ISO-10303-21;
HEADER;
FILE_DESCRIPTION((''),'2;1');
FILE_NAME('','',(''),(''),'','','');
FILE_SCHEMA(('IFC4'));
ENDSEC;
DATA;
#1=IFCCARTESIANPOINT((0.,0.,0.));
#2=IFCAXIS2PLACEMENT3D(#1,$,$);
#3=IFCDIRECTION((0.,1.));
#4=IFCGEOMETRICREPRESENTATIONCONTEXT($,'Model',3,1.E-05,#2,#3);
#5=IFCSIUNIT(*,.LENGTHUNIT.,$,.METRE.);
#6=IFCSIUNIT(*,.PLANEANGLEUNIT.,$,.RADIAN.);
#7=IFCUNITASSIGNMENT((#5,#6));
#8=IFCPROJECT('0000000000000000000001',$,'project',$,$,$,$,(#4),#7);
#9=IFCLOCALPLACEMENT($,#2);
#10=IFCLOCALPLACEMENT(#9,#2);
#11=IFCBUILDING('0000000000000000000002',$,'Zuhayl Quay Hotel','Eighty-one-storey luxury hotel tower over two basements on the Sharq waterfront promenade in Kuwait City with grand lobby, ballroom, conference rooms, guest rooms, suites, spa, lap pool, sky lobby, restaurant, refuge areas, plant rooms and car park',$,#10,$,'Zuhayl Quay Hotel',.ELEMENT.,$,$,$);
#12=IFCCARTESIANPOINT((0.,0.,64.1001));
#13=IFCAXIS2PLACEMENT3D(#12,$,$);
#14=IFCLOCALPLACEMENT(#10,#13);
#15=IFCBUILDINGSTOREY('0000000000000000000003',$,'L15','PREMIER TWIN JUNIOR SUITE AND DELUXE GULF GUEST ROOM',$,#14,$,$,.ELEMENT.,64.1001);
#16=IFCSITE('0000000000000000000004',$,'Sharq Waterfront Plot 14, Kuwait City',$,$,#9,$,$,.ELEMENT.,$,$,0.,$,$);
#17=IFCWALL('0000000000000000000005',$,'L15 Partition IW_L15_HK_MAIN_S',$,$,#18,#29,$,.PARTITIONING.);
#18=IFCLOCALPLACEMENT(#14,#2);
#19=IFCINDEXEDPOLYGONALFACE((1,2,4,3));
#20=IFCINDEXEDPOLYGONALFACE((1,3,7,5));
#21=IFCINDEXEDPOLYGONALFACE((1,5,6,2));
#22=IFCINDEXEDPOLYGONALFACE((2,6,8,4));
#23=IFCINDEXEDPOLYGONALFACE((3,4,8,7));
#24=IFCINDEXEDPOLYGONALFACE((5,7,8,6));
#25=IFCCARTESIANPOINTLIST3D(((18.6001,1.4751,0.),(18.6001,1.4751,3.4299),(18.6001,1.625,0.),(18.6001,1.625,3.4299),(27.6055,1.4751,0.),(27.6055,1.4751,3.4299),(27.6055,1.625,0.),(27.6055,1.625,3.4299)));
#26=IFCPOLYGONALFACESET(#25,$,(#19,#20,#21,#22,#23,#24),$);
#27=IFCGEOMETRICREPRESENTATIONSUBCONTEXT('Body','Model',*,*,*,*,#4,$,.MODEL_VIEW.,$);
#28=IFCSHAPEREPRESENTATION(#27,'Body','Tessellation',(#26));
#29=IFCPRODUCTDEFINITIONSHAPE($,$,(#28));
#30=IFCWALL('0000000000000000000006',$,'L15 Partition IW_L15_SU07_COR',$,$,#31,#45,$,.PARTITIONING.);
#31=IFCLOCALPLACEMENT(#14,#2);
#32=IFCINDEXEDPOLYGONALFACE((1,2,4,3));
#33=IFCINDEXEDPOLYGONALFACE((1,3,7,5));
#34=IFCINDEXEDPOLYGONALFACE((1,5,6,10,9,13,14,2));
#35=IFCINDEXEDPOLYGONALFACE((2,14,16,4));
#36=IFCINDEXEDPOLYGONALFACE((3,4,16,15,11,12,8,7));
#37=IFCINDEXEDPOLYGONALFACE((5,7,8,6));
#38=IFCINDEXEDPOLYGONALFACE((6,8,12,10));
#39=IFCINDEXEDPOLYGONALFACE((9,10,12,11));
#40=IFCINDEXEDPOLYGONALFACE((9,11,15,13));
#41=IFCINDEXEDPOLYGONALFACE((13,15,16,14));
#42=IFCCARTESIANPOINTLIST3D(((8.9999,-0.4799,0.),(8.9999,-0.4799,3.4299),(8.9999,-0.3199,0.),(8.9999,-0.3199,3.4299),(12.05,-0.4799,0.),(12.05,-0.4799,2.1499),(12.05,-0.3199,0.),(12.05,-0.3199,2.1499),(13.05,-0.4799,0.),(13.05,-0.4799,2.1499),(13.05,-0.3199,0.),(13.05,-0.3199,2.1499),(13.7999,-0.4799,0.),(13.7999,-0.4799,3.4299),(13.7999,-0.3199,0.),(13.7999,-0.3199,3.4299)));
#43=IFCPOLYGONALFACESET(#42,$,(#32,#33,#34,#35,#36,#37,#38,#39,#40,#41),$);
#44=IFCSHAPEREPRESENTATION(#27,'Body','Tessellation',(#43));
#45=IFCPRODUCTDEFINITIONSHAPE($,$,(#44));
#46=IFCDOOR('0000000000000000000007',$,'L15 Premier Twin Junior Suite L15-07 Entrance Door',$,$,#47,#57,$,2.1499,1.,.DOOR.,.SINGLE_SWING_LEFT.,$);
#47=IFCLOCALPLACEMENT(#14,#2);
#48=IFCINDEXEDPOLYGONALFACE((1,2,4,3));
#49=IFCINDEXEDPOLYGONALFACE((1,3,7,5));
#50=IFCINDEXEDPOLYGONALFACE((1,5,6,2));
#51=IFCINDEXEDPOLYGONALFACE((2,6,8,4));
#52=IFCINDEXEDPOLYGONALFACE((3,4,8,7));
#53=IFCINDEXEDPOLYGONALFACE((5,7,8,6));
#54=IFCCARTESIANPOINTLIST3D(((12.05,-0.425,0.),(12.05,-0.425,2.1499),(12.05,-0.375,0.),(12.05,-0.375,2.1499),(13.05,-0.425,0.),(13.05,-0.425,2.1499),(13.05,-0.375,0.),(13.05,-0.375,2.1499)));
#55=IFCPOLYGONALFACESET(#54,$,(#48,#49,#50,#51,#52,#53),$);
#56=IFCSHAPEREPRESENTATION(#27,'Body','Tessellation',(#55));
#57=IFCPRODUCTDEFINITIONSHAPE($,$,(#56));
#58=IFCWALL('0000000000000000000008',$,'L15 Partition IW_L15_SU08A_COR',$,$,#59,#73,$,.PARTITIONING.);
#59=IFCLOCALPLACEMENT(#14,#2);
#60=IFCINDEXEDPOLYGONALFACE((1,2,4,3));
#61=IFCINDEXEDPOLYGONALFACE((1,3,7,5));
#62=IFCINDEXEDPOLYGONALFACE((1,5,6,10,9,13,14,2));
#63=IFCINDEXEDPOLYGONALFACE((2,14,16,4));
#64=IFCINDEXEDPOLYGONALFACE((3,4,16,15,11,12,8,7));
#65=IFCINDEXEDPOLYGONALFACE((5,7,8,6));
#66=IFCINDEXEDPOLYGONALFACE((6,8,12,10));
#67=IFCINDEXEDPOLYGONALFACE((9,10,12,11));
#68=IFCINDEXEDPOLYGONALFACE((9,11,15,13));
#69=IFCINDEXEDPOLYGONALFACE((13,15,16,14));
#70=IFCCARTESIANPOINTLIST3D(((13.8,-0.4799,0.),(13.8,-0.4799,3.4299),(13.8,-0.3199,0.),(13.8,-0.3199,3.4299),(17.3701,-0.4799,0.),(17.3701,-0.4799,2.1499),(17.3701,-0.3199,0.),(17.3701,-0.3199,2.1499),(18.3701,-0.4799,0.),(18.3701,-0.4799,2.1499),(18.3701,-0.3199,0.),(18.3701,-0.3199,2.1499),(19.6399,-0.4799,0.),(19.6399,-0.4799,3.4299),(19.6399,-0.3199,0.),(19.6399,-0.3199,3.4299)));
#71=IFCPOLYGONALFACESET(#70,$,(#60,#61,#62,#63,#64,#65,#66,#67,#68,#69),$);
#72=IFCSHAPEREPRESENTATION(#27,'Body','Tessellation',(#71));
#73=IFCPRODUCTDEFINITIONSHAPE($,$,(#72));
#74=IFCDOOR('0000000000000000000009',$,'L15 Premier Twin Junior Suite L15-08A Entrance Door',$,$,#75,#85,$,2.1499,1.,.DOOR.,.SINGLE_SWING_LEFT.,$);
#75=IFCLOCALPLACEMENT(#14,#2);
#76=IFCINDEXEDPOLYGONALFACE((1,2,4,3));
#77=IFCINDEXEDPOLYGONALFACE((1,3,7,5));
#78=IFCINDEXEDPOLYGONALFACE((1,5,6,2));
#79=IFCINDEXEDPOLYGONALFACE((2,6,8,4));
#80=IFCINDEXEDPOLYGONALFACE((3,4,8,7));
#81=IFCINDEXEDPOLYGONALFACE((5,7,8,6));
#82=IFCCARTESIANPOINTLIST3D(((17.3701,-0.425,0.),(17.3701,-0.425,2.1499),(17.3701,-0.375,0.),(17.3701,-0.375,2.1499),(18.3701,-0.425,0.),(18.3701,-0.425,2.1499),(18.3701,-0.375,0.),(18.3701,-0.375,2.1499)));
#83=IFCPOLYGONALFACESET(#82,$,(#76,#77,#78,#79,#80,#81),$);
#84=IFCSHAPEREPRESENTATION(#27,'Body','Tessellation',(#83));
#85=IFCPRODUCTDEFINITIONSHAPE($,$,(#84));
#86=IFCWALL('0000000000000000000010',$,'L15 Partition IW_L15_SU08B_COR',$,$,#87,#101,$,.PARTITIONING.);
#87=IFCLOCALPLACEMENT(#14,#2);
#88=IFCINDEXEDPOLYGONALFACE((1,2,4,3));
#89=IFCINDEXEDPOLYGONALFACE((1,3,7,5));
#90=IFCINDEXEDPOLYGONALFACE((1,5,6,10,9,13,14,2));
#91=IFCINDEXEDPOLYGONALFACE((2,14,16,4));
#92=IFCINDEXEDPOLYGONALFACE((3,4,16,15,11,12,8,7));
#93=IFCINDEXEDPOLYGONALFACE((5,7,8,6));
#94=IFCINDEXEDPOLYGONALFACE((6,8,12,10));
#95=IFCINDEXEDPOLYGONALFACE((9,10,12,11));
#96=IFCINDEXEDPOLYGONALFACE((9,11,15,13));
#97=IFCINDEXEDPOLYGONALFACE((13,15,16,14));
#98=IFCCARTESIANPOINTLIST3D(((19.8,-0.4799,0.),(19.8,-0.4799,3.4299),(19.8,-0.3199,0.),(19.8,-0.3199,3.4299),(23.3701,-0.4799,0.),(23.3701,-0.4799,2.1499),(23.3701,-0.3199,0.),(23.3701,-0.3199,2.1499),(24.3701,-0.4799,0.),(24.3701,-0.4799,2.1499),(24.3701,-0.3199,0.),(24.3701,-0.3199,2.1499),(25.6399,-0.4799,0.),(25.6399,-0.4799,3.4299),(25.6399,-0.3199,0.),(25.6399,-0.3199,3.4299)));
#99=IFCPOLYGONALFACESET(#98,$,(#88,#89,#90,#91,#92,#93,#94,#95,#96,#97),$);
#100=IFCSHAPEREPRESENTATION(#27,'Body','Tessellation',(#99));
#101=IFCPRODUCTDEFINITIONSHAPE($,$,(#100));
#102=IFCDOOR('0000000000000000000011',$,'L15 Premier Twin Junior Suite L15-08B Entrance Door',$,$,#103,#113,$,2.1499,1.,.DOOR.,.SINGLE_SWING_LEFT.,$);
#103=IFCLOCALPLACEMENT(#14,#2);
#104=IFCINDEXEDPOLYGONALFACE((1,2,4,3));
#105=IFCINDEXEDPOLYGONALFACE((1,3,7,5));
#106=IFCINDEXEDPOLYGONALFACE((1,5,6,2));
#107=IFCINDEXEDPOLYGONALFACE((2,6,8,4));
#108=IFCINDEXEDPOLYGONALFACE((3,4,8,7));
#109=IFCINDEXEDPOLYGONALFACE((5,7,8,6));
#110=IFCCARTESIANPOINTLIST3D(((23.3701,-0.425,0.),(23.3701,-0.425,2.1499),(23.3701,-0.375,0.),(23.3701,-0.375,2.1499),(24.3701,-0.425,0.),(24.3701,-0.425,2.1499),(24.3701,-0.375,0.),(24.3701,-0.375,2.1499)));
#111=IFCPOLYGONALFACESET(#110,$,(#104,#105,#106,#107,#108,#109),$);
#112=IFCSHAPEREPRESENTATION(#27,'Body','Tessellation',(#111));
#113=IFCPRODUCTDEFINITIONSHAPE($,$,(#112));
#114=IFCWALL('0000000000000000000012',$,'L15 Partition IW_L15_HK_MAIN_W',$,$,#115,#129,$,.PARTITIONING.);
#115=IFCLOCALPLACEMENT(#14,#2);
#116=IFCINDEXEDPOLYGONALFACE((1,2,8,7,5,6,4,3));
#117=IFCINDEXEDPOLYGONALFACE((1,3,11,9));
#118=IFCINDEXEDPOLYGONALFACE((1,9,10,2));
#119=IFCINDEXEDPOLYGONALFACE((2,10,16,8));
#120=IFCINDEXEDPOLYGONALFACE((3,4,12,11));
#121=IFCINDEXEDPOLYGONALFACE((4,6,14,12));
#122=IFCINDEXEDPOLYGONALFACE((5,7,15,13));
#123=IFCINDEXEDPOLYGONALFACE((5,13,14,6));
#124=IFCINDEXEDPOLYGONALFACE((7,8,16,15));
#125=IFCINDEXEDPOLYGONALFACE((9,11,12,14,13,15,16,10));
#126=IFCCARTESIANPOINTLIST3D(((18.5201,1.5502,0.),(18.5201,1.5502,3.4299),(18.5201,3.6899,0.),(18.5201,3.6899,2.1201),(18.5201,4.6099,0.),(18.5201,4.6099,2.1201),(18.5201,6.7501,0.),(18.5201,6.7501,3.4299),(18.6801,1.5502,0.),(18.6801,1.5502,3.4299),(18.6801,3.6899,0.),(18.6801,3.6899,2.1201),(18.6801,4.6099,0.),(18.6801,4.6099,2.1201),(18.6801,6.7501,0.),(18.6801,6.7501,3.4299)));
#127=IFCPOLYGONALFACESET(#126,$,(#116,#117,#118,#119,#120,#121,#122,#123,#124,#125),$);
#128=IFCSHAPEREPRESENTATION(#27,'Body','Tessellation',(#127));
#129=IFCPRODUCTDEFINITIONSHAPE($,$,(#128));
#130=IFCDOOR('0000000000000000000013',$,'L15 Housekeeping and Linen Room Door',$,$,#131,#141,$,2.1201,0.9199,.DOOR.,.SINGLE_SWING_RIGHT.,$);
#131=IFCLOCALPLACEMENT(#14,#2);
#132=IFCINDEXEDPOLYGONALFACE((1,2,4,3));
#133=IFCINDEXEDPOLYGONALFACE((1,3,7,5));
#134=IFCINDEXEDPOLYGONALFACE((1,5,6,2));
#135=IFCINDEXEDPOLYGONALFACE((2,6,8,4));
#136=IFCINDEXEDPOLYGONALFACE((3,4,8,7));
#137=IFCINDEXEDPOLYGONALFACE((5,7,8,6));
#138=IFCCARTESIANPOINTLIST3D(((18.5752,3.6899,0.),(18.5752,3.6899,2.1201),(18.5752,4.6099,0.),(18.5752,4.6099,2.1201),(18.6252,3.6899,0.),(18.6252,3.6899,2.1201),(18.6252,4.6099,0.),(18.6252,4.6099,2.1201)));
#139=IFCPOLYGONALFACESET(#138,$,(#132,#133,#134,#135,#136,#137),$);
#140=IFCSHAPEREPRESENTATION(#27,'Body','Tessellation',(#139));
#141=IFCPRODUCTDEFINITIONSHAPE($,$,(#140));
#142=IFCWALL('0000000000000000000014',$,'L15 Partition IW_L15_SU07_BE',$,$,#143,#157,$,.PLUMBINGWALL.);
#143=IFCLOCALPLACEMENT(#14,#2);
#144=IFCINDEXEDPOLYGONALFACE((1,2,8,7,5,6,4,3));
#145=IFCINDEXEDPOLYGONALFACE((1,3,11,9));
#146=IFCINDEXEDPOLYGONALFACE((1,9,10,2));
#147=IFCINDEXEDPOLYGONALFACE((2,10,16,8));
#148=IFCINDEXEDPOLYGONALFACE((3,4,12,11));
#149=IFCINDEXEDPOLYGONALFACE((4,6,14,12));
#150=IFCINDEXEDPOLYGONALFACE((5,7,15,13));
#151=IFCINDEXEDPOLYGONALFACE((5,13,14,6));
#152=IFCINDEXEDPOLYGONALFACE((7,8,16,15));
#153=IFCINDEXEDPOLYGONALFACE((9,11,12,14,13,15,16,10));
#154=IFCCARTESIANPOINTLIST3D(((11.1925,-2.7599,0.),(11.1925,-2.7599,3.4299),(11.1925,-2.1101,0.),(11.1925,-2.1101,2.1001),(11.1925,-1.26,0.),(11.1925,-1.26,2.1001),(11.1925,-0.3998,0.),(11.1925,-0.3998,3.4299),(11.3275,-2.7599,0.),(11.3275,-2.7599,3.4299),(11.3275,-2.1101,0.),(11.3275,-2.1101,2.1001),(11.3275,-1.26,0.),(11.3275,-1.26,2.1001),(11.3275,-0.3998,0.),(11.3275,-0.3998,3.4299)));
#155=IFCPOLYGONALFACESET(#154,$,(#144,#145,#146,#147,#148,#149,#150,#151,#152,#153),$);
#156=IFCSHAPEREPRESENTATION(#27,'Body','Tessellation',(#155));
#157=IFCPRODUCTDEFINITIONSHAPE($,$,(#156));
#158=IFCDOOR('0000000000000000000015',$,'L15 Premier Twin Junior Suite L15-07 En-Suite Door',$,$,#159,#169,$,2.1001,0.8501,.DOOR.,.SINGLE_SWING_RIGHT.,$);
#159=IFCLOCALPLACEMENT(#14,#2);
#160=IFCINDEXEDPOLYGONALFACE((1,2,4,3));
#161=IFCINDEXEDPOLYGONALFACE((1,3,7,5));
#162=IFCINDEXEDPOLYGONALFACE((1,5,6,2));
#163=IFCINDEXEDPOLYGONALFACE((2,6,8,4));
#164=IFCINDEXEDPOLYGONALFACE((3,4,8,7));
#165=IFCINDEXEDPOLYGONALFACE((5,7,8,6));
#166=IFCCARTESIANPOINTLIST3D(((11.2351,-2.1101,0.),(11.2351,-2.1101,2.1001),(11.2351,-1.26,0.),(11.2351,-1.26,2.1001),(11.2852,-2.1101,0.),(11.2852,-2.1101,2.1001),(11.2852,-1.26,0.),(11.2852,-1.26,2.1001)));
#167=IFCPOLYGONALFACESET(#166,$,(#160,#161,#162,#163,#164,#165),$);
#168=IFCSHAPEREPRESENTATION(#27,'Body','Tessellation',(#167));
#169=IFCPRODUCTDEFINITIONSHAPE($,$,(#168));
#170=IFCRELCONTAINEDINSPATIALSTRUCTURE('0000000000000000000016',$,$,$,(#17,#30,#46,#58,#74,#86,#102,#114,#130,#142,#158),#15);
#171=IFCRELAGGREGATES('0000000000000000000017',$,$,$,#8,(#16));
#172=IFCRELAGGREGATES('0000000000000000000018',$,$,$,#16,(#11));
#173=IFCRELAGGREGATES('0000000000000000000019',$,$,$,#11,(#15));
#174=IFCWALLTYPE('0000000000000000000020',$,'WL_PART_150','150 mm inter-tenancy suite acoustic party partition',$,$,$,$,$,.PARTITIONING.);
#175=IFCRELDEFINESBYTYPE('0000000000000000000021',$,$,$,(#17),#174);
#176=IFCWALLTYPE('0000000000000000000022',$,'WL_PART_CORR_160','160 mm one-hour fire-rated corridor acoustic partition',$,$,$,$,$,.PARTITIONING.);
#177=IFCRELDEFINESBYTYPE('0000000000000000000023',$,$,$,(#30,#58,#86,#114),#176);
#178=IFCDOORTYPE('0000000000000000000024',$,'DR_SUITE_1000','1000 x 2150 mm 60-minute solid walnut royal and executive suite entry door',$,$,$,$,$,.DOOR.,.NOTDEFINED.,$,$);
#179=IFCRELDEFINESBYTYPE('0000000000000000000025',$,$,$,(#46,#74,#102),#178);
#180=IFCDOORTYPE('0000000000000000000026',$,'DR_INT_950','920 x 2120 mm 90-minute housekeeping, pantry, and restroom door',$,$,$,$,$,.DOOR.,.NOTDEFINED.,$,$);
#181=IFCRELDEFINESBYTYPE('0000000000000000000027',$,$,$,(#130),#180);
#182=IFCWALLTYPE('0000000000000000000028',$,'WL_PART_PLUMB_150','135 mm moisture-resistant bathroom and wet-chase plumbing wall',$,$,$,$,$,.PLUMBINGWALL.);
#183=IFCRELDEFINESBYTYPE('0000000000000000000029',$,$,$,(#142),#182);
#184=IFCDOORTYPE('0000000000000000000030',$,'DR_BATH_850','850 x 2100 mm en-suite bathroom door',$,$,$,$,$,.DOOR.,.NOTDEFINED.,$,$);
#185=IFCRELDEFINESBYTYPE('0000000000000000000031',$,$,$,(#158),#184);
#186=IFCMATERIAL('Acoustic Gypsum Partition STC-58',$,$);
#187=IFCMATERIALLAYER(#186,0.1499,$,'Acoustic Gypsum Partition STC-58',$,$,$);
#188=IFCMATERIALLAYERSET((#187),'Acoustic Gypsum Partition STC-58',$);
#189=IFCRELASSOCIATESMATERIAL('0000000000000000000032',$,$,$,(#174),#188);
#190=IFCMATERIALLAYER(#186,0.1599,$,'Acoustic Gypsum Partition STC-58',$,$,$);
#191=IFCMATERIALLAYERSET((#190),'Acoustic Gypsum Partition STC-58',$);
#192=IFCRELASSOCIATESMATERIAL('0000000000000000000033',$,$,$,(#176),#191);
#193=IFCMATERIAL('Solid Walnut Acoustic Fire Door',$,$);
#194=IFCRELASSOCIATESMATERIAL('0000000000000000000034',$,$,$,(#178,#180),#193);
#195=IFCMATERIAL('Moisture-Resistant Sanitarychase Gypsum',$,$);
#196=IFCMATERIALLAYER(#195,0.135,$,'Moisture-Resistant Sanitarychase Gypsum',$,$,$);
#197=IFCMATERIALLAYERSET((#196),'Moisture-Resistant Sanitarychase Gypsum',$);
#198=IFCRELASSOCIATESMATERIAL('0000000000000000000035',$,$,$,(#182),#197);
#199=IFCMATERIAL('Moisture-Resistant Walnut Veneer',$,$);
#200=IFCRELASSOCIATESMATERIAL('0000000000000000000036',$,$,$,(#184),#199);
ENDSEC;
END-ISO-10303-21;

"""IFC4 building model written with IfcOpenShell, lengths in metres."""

from ifc_helpers import new_model, si_unit, direction, frame, frame_2d, origin, place, context, subcontext, project, spatial, rectangle, extrude, material, layer, layer_set, type_object, element, fill, save


model = new_model("IFC4")

# Units and contexts
model_context = context("Model", 3, precision=1e-05, world=origin(), true_north=direction((0.0, 1.0)))
body_context = subcontext(model_context, "Body", "Model", "MODEL_VIEW")
ifc_project = project(units=[si_unit("LENGTHUNIT", "METRE"), si_unit("PLANEANGLEUNIT", "RADIAN")], contexts=[model_context])

# Site, building, storey
site_placement = place(None, origin())
site = spatial("IfcSite", under=ifc_project, at=site_placement, Name="Sharq Waterfront Plot 14, Kuwait City", CompositionType="ELEMENT", RefElevation=0.0)
building_placement = place(site_placement, origin())
building = spatial("IfcBuilding", under=site, at=building_placement, Name="Zuhayl Quay Hotel", Description="Eighty-one-storey luxury hotel tower over two basements on the Sharq waterfront promenade in Kuwait City with grand lobby, ballroom, conference rooms, guest rooms, suites, spa, lap pool, sky lobby, restaurant, refuge areas, plant rooms and car park", LongName="Zuhayl Quay Hotel", CompositionType="ELEMENT")
storey_placement = place(building_placement, frame((0.0, 0.0, 64.1001)))
storey = spatial("IfcBuildingStorey", under=building, at=storey_placement, Name="L15", Description="PREMIER TWIN JUNIOR SUITE AND DELUXE GULF GUEST ROOM", CompositionType="ELEMENT", Elevation=64.1001)

# Wall
ifc_material_1 = material(Name="Acoustic Gypsum Partition STC-58")
ifc_layer_1 = layer(ifc_material_1, 0.1499, Name="Acoustic Gypsum Partition STC-58")
ifc_layer_set_1 = layer_set([ifc_layer_1], Name="Acoustic Gypsum Partition STC-58")
wall_type_1 = type_object("IfcWallType", Name="WL_PART_150", Description="150 mm inter-tenancy suite acoustic party partition", PredefinedType="PARTITIONING", material=ifc_layer_set_1)
wall_1_placement = place(storey_placement, frame((18.6001, 1.55, 0.0), z_axis=(0.0, 0.0, 1.0), x_axis=(1.0, 0.0, 0.0)))
element("IfcWall", 1, at=wall_1_placement, inside=storey, type_object=wall_type_1, Name="L15 Partition IW_L15_HK_MAIN_S", PredefinedType="PARTITIONING", context=body_context, shape_type="SweptSolid", body=[
    extrude(rectangle(XDim=9.0054, YDim=0.1499, at=frame_2d((4.5027, 0.0))), origin(), (0.0, 0.0, 1.0), 3.4299),
])

# Walls, openings, doors
ifc_layer_2 = layer(ifc_material_1, 0.1599, Name="Acoustic Gypsum Partition STC-58")
ifc_layer_set_2 = layer_set([ifc_layer_2], Name="Acoustic Gypsum Partition STC-58")
wall_type_2 = type_object("IfcWallType", Name="WL_PART_CORR_160", Description="160 mm one-hour fire-rated corridor acoustic partition", PredefinedType="PARTITIONING", material=ifc_layer_set_2)
wall_2_placement = place(storey_placement, frame((9.0, -0.3999, 0.0), z_axis=(0.0, 0.0, 1.0), x_axis=(1.0, 0.0, 0.0)))
wall_2 = element("IfcWall", 2, at=wall_2_placement, inside=storey, type_object=wall_type_2, Name="L15 Partition IW_L15_SU07_COR", PredefinedType="PARTITIONING", context=body_context, shape_type="SweptSolid", body=[
    extrude(rectangle(XDim=4.8, YDim=0.1599, at=frame_2d((2.3999, 0.0))), origin(), (0.0, 0.0, 1.0), 3.4299),
])
opening_1_placement = place(wall_2_placement, frame((3.05, 0.0, 0.0)))
opening_1 = element("IfcOpeningElement", 3, at=opening_1_placement, cuts=wall_2, PredefinedType="OPENING", context=body_context, shape_type="SweptSolid", body=[
    extrude(rectangle(XDim=1.0, YDim=2.1499, at=frame_2d((0.5, 1.075))), frame((0.0, 0.0898, 0.0), z_axis=(0.0, -1.0, 0.0), x_axis=(1.0, 0.0, 0.0)), (0.0, 0.0, 1.0), 0.1799),
])
ifc_material_2 = material(Name="Solid Walnut Acoustic Fire Door")
door_type_1 = type_object("IfcDoorType", Name="DR_SUITE_1000", Description="1000 x 2150 mm 60-minute solid walnut royal and executive suite entry door", OperationType="NOTDEFINED", PredefinedType="DOOR", material=ifc_material_2)
door_1_placement = place(opening_1_placement, origin())
door_1 = element("IfcDoor", 4, at=door_1_placement, inside=storey, type_object=door_type_1, Name="L15 Premier Twin Junior Suite L15-07 Entrance Door", OperationType="SINGLE_SWING_LEFT", OverallHeight=2.1499, OverallWidth=1.0, PredefinedType="DOOR", context=body_context, shape_type="SweptSolid", body=[
    extrude(rectangle(XDim=1.0, YDim=2.1499, at=frame_2d((0.5, 1.075))), frame((0.0, 0.0249, 0.0), z_axis=(0.0, -1.0, 0.0), x_axis=(1.0, 0.0, 0.0)), (0.0, 0.0, 1.0), 0.05),
])
fill(opening_1, door_1)
wall_3_placement = place(storey_placement, frame((13.8, -0.3999, 0.0), z_axis=(0.0, 0.0, 1.0), x_axis=(1.0, 0.0, 0.0)))
wall_3 = element("IfcWall", 5, at=wall_3_placement, inside=storey, type_object=wall_type_2, Name="L15 Partition IW_L15_SU08A_COR", PredefinedType="PARTITIONING", context=body_context, shape_type="SweptSolid", body=[
    extrude(rectangle(XDim=5.8398, YDim=0.1599, at=frame_2d((2.9199, 0.0))), origin(), (0.0, 0.0, 1.0), 3.4299),
])
opening_2_placement = place(wall_3_placement, frame((3.5701, 0.0, 0.0)))
opening_2 = element("IfcOpeningElement", 6, at=opening_2_placement, cuts=wall_3, PredefinedType="OPENING", context=body_context, shape_type="SweptSolid", body=[
    extrude(rectangle(XDim=1.0, YDim=2.1499, at=frame_2d((0.5, 1.075))), frame((0.0, 0.0898, 0.0), z_axis=(0.0, -1.0, 0.0), x_axis=(1.0, 0.0, 0.0)), (0.0, 0.0, 1.0), 0.1799),
])
door_2_placement = place(opening_2_placement, origin())
door_2 = element("IfcDoor", 7, at=door_2_placement, inside=storey, type_object=door_type_1, Name="L15 Premier Twin Junior Suite L15-08A Entrance Door", OperationType="SINGLE_SWING_LEFT", OverallHeight=2.1499, OverallWidth=1.0, PredefinedType="DOOR", context=body_context, shape_type="SweptSolid", body=[
    extrude(rectangle(XDim=1.0, YDim=2.1499, at=frame_2d((0.5, 1.075))), frame((0.0, 0.0249, 0.0), z_axis=(0.0, -1.0, 0.0), x_axis=(1.0, 0.0, 0.0)), (0.0, 0.0, 1.0), 0.05),
])
fill(opening_2, door_2)
wall_4_placement = place(storey_placement, frame((19.8, -0.3999, 0.0), z_axis=(0.0, 0.0, 1.0), x_axis=(1.0, 0.0, 0.0)))
wall_4 = element("IfcWall", 8, at=wall_4_placement, inside=storey, type_object=wall_type_2, Name="L15 Partition IW_L15_SU08B_COR", PredefinedType="PARTITIONING", context=body_context, shape_type="SweptSolid", body=[
    extrude(rectangle(XDim=5.8398, YDim=0.1599, at=frame_2d((2.9199, 0.0))), origin(), (0.0, 0.0, 1.0), 3.4299),
])
opening_3_placement = place(wall_4_placement, frame((3.5701, 0.0, 0.0)))
opening_3 = element("IfcOpeningElement", 9, at=opening_3_placement, cuts=wall_4, PredefinedType="OPENING", context=body_context, shape_type="SweptSolid", body=[
    extrude(rectangle(XDim=1.0, YDim=2.1499, at=frame_2d((0.5, 1.075))), frame((0.0, 0.0898, 0.0), z_axis=(0.0, -1.0, 0.0), x_axis=(1.0, 0.0, 0.0)), (0.0, 0.0, 1.0), 0.1799),
])
door_3_placement = place(opening_3_placement, origin())
door_3 = element("IfcDoor", 10, at=door_3_placement, inside=storey, type_object=door_type_1, Name="L15 Premier Twin Junior Suite L15-08B Entrance Door", OperationType="SINGLE_SWING_LEFT", OverallHeight=2.1499, OverallWidth=1.0, PredefinedType="DOOR", context=body_context, shape_type="SweptSolid", body=[
    extrude(rectangle(XDim=1.0, YDim=2.1499, at=frame_2d((0.5, 1.075))), frame((0.0, 0.0249, 0.0), z_axis=(0.0, -1.0, 0.0), x_axis=(1.0, 0.0, 0.0)), (0.0, 0.0, 1.0), 0.05),
])
fill(opening_3, door_3)
wall_5_placement = place(storey_placement, frame((18.6001, 1.55, 0.0), z_axis=(0.0, 0.0, 1.0), x_axis=(0.0, 1.0, 0.0)))
wall_5 = element("IfcWall", 11, at=wall_5_placement, inside=storey, type_object=wall_type_2, Name="L15 Partition IW_L15_HK_MAIN_W", PredefinedType="PARTITIONING", context=body_context, shape_type="SweptSolid", body=[
    extrude(rectangle(XDim=5.2, YDim=0.1599, at=frame_2d((2.6001, 0.0))), origin(), (0.0, 0.0, 1.0), 3.4299),
])
opening_4_placement = place(wall_5_placement, frame((2.1399, 0.0, 0.0)))
opening_4 = element("IfcOpeningElement", 12, at=opening_4_placement, cuts=wall_5, PredefinedType="OPENING", context=body_context, shape_type="SweptSolid", body=[
    extrude(rectangle(XDim=0.9199, YDim=2.1201, at=frame_2d((0.46, 1.0601))), frame((0.0, 0.0898, 0.0), z_axis=(0.0, -1.0, 0.0), x_axis=(1.0, 0.0, 0.0)), (0.0, 0.0, 1.0), 0.1799),
])
door_type_2 = type_object("IfcDoorType", Name="DR_INT_950", Description="920 x 2120 mm 90-minute housekeeping, pantry, and restroom door", OperationType="NOTDEFINED", PredefinedType="DOOR", material=ifc_material_2)
door_4_placement = place(opening_4_placement, origin())
door_4 = element("IfcDoor", 13, at=door_4_placement, inside=storey, type_object=door_type_2, Name="L15 Housekeeping and Linen Room Door", OperationType="SINGLE_SWING_RIGHT", OverallHeight=2.1201, OverallWidth=0.9199, PredefinedType="DOOR", context=body_context, shape_type="SweptSolid", body=[
    extrude(rectangle(XDim=0.9199, YDim=2.1201, at=frame_2d((0.46, 1.0601))), frame((0.0, 0.0249, 0.0), z_axis=(0.0, -1.0, 0.0), x_axis=(1.0, 0.0, 0.0)), (0.0, 0.0, 1.0), 0.05),
])
fill(opening_4, door_4)
ifc_material_3 = material(Name="Moisture-Resistant Sanitarychase Gypsum")
ifc_layer_3 = layer(ifc_material_3, 0.135, Name="Moisture-Resistant Sanitarychase Gypsum")
ifc_layer_set_3 = layer_set([ifc_layer_3], Name="Moisture-Resistant Sanitarychase Gypsum")
wall_type_3 = type_object("IfcWallType", Name="WL_PART_PLUMB_150", Description="135 mm moisture-resistant bathroom and wet-chase plumbing wall", PredefinedType="PLUMBINGWALL", material=ifc_layer_set_3)
wall_6_placement = place(storey_placement, frame((11.26, -2.76, 0.0), z_axis=(0.0, 0.0, 1.0), x_axis=(0.0, 1.0, 0.0)))
wall_6 = element("IfcWall", 14, at=wall_6_placement, inside=storey, type_object=wall_type_3, Name="L15 Partition IW_L15_SU07_BE", PredefinedType="PLUMBINGWALL", context=body_context, shape_type="SweptSolid", body=[
    extrude(rectangle(XDim=2.3601, YDim=0.135, at=frame_2d((1.1802, 0.0))), origin(), (0.0, 0.0, 1.0), 3.4299),
])
opening_5_placement = place(wall_6_placement, frame((0.6499, 0.0, 0.0)))
opening_5 = element("IfcOpeningElement", 15, at=opening_5_placement, cuts=wall_6, PredefinedType="OPENING", context=body_context, shape_type="SweptSolid", body=[
    extrude(rectangle(XDim=0.8501, YDim=2.1001, at=frame_2d((0.425, 1.05))), frame((0.0, 0.0774, 0.0), z_axis=(0.0, -1.0, 0.0), x_axis=(1.0, 0.0, 0.0)), (0.0, 0.0, 1.0), 0.155),
])
ifc_material_4 = material(Name="Moisture-Resistant Walnut Veneer")
door_type_3 = type_object("IfcDoorType", Name="DR_BATH_850", Description="850 x 2100 mm en-suite bathroom door", OperationType="NOTDEFINED", PredefinedType="DOOR", material=ifc_material_4)
door_5_placement = place(opening_5_placement, origin())
door_5 = element("IfcDoor", 16, at=door_5_placement, inside=storey, type_object=door_type_3, Name="L15 Premier Twin Junior Suite L15-07 En-Suite Door", OperationType="SINGLE_SWING_RIGHT", OverallHeight=2.1001, OverallWidth=0.8501, PredefinedType="DOOR", context=body_context, shape_type="SweptSolid", body=[
    extrude(rectangle(XDim=0.8501, YDim=2.1001, at=frame_2d((0.425, 1.05))), frame((0.0, 0.0249, 0.0), z_axis=(0.0, -1.0, 0.0), x_axis=(1.0, 0.0, 0.0)), (0.0, 0.0, 1.0), 0.05),
])
fill(opening_5, door_5)

save(model, "model.ifc")
